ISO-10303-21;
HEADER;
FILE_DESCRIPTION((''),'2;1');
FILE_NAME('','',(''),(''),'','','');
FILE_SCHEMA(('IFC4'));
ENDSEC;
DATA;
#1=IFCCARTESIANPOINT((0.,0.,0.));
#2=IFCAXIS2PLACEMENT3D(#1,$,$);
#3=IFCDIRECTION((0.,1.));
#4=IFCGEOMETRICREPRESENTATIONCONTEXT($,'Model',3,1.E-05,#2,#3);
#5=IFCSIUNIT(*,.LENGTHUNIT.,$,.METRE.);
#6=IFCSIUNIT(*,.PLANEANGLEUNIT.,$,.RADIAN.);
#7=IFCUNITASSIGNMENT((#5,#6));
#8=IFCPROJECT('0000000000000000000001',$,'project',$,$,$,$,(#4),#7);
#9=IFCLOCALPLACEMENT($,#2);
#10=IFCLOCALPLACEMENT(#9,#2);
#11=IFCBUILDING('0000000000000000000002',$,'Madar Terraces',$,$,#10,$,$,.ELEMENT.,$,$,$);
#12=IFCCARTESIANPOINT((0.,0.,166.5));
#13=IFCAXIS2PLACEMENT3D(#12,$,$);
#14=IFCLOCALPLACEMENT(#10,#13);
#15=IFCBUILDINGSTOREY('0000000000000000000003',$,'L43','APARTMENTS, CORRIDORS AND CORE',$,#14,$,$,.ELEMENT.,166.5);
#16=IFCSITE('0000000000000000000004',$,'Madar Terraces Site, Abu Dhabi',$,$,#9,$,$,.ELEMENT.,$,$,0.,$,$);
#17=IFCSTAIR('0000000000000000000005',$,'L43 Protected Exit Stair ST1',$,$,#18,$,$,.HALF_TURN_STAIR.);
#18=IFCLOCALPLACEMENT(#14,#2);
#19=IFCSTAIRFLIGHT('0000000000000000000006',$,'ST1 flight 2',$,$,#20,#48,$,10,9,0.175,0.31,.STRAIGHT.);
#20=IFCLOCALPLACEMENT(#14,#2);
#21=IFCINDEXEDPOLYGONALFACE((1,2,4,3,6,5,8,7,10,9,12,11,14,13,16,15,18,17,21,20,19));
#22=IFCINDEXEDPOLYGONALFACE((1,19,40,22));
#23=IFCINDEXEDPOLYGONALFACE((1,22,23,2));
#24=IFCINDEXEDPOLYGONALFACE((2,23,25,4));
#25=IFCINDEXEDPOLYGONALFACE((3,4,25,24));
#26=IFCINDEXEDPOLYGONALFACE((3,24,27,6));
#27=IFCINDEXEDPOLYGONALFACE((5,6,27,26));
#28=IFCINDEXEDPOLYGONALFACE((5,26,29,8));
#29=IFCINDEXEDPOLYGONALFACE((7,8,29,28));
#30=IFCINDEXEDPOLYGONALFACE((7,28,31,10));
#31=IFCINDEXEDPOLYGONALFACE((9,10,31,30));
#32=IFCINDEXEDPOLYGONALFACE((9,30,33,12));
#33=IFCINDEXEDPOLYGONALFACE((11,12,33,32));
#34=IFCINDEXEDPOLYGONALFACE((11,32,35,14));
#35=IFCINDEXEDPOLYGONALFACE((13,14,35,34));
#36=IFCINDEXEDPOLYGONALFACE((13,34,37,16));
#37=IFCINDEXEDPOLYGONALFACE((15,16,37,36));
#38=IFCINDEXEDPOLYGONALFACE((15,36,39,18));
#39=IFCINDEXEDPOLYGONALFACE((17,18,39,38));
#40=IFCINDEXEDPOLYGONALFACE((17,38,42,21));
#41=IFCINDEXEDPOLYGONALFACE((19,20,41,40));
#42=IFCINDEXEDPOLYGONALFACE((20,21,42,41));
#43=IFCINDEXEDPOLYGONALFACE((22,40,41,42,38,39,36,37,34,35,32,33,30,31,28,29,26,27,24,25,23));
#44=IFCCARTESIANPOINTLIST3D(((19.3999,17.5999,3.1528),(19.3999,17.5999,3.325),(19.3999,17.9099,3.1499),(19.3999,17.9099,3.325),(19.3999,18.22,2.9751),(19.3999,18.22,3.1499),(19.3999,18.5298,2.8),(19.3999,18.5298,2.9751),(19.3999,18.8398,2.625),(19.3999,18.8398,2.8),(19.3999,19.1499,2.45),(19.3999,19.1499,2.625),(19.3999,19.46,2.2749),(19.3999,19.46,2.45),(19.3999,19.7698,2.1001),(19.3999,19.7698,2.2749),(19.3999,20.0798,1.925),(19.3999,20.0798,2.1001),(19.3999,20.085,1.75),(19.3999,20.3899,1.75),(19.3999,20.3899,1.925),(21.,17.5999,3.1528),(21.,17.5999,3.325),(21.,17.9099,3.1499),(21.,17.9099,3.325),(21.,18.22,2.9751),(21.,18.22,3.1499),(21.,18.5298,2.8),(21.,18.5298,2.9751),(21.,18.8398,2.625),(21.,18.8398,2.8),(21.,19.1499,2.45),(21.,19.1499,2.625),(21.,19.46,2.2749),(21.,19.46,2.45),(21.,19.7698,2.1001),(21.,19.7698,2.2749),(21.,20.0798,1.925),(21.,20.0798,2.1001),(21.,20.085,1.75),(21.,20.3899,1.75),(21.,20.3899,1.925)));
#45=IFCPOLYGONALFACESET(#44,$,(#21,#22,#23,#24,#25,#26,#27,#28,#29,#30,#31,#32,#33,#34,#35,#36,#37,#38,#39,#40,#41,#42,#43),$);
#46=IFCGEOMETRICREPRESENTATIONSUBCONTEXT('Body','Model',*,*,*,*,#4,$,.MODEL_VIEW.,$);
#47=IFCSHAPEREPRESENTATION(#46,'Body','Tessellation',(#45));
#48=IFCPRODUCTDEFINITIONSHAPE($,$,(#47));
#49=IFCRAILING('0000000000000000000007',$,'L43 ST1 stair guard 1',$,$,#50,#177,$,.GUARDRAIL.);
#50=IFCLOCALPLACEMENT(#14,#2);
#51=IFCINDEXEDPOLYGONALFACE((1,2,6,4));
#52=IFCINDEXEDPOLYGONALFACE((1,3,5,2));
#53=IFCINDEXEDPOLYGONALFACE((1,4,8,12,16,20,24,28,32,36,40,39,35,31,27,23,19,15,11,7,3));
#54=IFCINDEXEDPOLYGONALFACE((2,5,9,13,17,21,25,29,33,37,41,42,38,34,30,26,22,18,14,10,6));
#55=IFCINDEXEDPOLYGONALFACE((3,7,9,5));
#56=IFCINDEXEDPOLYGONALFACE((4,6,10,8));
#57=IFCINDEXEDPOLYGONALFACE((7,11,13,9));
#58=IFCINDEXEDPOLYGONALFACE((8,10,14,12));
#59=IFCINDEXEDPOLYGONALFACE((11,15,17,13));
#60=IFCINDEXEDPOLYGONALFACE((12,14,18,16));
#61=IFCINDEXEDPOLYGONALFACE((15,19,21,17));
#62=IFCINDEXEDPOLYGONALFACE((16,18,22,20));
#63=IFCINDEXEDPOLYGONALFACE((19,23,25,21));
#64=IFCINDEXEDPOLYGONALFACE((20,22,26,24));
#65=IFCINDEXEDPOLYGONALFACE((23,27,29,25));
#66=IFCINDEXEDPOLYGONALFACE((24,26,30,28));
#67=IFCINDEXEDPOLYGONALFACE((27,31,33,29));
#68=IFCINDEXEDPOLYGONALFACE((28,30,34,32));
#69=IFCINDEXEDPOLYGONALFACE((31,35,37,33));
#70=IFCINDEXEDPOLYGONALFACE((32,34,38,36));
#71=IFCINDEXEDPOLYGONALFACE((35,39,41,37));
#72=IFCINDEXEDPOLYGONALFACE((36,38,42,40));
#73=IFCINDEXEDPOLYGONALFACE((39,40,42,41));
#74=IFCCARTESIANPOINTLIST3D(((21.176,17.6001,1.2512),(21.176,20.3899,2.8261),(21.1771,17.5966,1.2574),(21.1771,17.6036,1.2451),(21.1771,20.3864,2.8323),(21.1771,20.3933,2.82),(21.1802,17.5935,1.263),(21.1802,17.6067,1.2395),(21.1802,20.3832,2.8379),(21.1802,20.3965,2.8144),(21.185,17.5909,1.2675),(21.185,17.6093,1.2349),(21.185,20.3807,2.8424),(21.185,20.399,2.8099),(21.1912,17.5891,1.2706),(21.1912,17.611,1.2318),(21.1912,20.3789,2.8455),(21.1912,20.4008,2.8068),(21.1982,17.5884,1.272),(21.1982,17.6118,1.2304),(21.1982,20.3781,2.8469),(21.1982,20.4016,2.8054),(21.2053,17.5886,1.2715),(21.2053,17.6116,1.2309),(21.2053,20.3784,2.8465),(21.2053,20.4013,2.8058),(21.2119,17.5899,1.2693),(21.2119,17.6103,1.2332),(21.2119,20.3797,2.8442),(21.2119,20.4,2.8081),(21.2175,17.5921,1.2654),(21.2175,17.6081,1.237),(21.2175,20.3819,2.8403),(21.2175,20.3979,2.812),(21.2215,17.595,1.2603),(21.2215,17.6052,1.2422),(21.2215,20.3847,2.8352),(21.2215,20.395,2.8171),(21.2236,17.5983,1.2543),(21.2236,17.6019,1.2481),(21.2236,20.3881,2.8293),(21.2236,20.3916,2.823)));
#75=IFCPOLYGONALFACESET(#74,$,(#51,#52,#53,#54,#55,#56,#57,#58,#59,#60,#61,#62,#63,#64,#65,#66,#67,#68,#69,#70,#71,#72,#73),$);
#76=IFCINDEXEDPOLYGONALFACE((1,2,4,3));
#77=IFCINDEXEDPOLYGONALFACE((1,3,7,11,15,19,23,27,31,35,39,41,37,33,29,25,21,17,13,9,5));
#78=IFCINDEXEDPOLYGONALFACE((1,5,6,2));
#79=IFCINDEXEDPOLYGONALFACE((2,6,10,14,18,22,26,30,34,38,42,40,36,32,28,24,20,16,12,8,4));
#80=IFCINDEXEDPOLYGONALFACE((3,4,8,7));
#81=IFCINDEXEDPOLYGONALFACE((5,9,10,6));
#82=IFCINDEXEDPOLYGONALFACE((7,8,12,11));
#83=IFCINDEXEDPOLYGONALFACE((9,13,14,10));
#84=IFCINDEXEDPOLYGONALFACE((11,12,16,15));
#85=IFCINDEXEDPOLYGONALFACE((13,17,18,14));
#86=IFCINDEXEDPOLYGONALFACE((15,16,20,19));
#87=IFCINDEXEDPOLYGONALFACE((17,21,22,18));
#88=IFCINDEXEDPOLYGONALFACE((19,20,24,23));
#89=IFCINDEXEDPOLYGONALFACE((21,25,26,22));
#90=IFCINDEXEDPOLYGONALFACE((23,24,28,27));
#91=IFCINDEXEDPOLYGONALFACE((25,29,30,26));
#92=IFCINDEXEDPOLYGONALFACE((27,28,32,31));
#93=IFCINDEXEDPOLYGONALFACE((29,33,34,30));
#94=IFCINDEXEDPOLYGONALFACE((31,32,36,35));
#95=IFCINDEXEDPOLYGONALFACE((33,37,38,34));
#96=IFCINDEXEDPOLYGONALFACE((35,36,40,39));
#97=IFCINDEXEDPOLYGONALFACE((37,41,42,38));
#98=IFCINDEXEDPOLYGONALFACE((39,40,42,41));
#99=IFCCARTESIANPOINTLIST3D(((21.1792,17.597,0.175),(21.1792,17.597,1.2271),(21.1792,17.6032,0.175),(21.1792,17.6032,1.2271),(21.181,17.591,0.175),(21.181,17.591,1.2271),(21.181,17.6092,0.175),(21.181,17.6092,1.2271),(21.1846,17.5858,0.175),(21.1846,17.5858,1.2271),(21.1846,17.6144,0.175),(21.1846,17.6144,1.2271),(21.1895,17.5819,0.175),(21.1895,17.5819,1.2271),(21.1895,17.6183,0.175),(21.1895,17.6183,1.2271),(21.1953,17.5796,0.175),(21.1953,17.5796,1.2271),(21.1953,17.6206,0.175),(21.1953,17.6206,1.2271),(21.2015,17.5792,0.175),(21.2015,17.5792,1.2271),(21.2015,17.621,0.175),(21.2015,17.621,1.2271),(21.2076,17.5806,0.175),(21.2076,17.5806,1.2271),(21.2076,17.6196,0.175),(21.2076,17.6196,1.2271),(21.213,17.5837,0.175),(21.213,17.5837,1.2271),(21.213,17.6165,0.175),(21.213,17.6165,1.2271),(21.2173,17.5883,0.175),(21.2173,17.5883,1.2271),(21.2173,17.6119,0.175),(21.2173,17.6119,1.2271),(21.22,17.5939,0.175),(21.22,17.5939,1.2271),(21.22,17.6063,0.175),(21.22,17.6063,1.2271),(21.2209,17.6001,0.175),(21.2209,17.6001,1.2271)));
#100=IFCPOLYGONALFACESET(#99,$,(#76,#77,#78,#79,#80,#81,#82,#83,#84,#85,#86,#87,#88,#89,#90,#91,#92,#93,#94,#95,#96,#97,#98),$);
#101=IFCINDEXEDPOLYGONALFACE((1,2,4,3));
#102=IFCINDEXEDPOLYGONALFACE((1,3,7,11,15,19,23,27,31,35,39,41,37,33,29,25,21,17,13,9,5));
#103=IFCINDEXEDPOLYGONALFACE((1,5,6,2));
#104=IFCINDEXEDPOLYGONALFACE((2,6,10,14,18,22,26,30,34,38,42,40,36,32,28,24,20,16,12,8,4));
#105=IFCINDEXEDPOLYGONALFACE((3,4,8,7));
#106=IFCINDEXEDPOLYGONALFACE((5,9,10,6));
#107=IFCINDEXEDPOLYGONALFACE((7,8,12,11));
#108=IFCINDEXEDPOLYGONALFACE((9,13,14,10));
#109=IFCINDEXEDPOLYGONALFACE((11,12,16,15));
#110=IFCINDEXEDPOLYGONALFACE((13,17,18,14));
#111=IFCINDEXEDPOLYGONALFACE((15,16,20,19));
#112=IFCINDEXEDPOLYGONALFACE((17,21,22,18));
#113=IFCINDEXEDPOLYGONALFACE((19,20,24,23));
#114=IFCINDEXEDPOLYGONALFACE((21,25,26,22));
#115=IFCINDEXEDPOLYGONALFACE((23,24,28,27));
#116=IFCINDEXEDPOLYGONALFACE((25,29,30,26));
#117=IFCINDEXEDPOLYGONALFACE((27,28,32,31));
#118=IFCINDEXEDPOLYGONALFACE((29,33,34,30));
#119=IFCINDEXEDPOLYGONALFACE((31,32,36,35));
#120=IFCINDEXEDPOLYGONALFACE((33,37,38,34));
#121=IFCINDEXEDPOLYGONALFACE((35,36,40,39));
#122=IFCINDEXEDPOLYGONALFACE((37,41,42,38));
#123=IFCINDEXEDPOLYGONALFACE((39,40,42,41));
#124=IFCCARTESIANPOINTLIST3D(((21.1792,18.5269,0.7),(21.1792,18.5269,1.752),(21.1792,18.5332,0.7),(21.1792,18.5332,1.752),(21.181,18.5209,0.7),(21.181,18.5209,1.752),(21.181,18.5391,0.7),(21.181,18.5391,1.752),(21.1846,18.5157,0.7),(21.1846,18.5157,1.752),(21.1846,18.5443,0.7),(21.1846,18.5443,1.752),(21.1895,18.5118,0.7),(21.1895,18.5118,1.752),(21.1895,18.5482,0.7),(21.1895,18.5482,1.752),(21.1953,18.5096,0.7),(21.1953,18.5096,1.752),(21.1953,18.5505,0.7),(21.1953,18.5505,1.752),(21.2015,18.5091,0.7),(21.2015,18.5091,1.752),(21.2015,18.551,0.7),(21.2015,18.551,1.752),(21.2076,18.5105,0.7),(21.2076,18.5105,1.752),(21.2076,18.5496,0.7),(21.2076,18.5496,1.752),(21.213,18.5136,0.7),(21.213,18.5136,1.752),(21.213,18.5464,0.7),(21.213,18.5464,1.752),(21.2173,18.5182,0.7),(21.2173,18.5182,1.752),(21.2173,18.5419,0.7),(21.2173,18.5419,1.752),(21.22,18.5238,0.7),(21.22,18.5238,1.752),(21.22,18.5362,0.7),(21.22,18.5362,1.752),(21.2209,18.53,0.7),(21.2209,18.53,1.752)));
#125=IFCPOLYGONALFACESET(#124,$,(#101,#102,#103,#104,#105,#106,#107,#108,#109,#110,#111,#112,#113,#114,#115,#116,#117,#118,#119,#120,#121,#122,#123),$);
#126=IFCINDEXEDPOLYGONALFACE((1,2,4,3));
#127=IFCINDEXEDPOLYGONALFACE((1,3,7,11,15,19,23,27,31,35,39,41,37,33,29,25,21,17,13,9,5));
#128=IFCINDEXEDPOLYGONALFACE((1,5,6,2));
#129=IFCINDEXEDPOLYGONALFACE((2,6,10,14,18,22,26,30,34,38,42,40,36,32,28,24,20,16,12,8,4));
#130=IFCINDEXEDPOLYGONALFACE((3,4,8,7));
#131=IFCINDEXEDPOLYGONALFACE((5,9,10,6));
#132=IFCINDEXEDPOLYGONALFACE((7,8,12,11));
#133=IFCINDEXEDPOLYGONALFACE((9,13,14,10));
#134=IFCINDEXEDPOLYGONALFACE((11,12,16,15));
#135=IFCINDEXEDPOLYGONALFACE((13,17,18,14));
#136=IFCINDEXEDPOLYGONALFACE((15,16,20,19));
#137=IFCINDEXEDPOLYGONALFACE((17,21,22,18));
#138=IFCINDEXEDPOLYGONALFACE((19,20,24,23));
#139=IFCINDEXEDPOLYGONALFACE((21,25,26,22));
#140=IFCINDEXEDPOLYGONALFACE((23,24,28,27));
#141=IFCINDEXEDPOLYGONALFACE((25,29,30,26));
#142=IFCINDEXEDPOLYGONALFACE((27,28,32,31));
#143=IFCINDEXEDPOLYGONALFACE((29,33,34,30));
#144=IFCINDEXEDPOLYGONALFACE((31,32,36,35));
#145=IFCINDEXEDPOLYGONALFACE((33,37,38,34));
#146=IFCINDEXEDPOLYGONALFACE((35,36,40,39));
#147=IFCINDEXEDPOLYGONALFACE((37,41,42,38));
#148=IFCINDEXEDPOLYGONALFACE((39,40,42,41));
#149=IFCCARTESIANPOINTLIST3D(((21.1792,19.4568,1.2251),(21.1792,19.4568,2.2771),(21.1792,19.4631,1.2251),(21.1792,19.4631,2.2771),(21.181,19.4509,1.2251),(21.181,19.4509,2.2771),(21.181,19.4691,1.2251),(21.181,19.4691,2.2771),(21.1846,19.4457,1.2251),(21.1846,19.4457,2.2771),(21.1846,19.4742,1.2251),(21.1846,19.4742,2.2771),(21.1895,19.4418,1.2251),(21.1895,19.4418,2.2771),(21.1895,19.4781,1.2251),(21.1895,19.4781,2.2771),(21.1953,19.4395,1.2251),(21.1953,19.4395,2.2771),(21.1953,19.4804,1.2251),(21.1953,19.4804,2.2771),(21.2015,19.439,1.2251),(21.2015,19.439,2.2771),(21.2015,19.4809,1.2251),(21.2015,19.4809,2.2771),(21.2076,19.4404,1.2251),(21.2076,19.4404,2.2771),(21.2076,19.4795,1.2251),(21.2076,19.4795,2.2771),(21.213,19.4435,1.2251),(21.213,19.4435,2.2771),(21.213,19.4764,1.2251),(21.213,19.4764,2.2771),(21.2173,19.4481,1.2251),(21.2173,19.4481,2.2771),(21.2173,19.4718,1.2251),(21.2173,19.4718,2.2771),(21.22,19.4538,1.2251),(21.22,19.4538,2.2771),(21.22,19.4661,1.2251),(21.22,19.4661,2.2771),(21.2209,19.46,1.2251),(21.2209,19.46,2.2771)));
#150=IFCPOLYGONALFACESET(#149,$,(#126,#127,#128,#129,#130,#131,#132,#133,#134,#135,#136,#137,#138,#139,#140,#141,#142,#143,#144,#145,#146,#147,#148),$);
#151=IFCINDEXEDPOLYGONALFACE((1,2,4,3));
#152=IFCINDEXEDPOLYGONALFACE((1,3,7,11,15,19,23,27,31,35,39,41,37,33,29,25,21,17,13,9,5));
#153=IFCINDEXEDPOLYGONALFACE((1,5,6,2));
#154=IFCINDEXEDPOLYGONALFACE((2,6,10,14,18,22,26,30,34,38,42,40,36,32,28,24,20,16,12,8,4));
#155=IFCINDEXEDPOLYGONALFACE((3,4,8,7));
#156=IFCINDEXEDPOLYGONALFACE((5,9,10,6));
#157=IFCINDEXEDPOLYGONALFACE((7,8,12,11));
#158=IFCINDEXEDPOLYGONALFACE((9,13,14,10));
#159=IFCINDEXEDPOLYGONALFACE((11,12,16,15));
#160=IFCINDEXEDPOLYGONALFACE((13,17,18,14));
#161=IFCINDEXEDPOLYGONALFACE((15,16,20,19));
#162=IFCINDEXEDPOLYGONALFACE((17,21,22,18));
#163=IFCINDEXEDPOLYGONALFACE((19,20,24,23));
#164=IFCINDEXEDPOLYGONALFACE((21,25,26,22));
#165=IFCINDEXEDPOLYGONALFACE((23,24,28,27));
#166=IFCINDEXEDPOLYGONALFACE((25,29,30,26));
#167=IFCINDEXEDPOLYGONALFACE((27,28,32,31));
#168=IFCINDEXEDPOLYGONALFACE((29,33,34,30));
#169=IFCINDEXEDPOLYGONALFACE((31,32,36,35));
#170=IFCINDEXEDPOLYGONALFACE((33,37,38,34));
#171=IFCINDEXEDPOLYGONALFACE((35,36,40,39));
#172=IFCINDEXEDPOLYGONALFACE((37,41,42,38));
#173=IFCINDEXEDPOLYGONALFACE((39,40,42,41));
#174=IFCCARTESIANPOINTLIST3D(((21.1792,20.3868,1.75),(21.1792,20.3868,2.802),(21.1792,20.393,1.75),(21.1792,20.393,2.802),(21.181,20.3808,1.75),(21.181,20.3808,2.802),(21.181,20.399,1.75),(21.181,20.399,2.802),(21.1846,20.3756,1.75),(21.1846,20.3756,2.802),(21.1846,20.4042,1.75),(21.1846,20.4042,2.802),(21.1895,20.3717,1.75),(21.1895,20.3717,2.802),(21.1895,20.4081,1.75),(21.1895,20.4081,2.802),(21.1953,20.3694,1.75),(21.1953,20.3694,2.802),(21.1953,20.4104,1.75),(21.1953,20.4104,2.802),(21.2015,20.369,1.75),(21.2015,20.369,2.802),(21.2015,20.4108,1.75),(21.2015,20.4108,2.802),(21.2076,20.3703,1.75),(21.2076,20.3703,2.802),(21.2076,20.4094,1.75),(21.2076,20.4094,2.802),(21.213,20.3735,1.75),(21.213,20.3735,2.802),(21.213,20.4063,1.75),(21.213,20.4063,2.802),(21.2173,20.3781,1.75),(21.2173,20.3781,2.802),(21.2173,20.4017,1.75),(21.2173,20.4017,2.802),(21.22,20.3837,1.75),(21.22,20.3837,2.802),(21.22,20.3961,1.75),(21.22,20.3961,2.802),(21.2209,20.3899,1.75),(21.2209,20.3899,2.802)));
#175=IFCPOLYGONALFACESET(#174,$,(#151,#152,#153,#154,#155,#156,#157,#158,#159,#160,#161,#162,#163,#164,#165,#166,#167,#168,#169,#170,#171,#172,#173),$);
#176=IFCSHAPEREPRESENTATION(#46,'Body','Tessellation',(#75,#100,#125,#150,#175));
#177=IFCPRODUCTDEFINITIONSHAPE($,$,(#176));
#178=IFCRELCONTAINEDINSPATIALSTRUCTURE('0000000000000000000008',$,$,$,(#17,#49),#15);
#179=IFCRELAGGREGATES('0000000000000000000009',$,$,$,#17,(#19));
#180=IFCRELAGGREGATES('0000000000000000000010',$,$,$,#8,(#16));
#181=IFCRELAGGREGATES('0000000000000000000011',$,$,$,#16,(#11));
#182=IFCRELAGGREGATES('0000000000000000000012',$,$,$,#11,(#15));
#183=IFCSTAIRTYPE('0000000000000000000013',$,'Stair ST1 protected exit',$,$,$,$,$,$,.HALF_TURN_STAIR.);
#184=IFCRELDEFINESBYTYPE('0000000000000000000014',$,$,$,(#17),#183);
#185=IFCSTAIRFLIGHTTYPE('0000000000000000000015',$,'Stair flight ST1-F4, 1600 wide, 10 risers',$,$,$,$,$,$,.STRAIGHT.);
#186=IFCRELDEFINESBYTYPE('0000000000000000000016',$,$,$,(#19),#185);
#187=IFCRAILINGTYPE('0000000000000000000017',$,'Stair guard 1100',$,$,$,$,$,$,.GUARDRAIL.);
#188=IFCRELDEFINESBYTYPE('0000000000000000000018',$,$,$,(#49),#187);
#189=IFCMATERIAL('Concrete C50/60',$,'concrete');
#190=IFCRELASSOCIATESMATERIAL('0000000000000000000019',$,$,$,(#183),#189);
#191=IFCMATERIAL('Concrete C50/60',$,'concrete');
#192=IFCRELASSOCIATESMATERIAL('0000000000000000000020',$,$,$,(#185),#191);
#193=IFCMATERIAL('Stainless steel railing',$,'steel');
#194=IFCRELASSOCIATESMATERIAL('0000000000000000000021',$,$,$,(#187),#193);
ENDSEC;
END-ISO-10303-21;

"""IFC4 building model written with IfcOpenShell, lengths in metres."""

from ifc_helpers import new_model, si_unit, direction, frame, origin, origin_2d, place, context, subcontext, project, spatial, polyline, circle, outline, extrude, material, type_object, element, aggregate, save


model = new_model("IFC4")

# Units and contexts
model_context = context("Model", 3, precision=1e-05, world=origin(), true_north=direction((0.0, 1.0)))
body_context = subcontext(model_context, "Body", "Model", "MODEL_VIEW")
ifc_project = project(units=[si_unit("LENGTHUNIT", "METRE"), si_unit("PLANEANGLEUNIT", "RADIAN")], contexts=[model_context])

# Site, building, storey
site_placement = place(None, origin())
site = spatial("IfcSite", under=ifc_project, at=site_placement, Name="Madar Terraces Site, Abu Dhabi", CompositionType="ELEMENT", RefElevation=0.0)
building_placement = place(site_placement, origin())
building = spatial("IfcBuilding", under=site, at=building_placement, Name="Madar Terraces", CompositionType="ELEMENT")
storey_placement = place(building_placement, frame((0.0, 0.0, 166.5)))
storey = spatial("IfcBuildingStorey", under=building, at=storey_placement, Name="L43", Description="APARTMENTS, CORRIDORS AND CORE", CompositionType="ELEMENT", Elevation=166.5)

# Stair, stair flight
ifc_material_1 = material(Name="Concrete C50/60", Category="concrete")
stair_type = type_object("IfcStairType", Name="Stair ST1 protected exit", PredefinedType="HALF_TURN_STAIR", material=ifc_material_1)
stair_placement = place(storey_placement, origin())
stair = element("IfcStair", 1, at=stair_placement, inside=storey, type_object=stair_type, Name="L43 Protected Exit Stair ST1", PredefinedType="HALF_TURN_STAIR")
ifc_material_2 = material(Name="Concrete C50/60", Category="concrete")
stair_flight_type = type_object("IfcStairFlightType", Name="Stair flight ST1-F4, 1600 wide, 10 risers", PredefinedType="STRAIGHT", material=ifc_material_2)
stair_flight_1_placement = place(storey_placement, frame((20.2, 20.3899, 1.75), z_axis=(0.0, 0.0, 1.0), x_axis=(0.0, -1.0, 0.0)))
stair_flight_1 = element("IfcStairFlight", 2, at=stair_flight_1_placement, type_object=stair_flight_type, Name="ST1 flight 2", NumberOfRisers=10, NumberOfTreads=9, PredefinedType="STRAIGHT", RiserHeight=0.175, TreadLength=0.31, context=body_context, shape_type="SweptSolid", body=[
    extrude(outline(polyline([(0.0, 0.0), (0.0, 0.175), (0.3101, 0.175), (0.3101, 0.3501), (0.6201, 0.3501), (0.6201, 0.5249), (0.9299, 0.5249), (0.9299, 0.7), (1.24, 0.7), (1.24, 0.875), (1.55, 0.875), (1.55, 1.05), (1.8601, 1.05), (1.8601, 1.2251), (2.1699, 1.2251), (2.1699, 1.3999), (2.48, 1.3999), (2.48, 1.575), (2.79, 1.575), (2.79, 1.75), (2.79, 1.4028), (0.3049, 0.0), (0.0, 0.0)])), frame((0.0, 0.8, 0.0), z_axis=(0.0, -1.0, 0.0), x_axis=(1.0, 0.0, 0.0)), (0.0, 0.0, 1.0), 1.6001),
])
aggregate(stair, [stair_flight_1])

# Railing
ifc_material_3 = material(Name="Stainless steel railing", Category="steel")
railing_type_1 = type_object("IfcRailingType", Name="Stair guard 1100", PredefinedType="GUARDRAIL", material=ifc_material_3)
railing_1_placement = place(storey_placement, frame((21.2, 17.6001, 0.175)))
element("IfcRailing", 3, at=railing_1_placement, inside=storey, type_object=railing_type_1, Name="L43 ST1 stair guard 1", PredefinedType="GUARDRAIL", context=body_context, shape_type="SweptSolid", body=[
    extrude(circle(Radius=0.0239, at=origin_2d()), frame((0.0, 0.0, 1.0762), z_axis=(0.0, 0.870815, 0.49161), x_axis=(-1.0, 0.0, 0.0)), (0.0, 0.0, 1.0), 3.2036),
    extrude(circle(Radius=0.021, at=origin_2d()), origin(), (0.0, 0.0, 1.0), 1.052),
    extrude(circle(Radius=0.021, at=origin_2d()), frame((0.0, 0.9299, 0.5249)), (0.0, 0.0, 1.0), 1.052),
    extrude(circle(Radius=0.021, at=origin_2d()), frame((0.0, 1.8599, 1.05)), (0.0, 0.0, 1.0), 1.052),
    extrude(circle(Radius=0.021, at=origin_2d()), frame((0.0, 2.7898, 1.575)), (0.0, 0.0, 1.0), 1.052),
])

save(model, "model.ifc")
